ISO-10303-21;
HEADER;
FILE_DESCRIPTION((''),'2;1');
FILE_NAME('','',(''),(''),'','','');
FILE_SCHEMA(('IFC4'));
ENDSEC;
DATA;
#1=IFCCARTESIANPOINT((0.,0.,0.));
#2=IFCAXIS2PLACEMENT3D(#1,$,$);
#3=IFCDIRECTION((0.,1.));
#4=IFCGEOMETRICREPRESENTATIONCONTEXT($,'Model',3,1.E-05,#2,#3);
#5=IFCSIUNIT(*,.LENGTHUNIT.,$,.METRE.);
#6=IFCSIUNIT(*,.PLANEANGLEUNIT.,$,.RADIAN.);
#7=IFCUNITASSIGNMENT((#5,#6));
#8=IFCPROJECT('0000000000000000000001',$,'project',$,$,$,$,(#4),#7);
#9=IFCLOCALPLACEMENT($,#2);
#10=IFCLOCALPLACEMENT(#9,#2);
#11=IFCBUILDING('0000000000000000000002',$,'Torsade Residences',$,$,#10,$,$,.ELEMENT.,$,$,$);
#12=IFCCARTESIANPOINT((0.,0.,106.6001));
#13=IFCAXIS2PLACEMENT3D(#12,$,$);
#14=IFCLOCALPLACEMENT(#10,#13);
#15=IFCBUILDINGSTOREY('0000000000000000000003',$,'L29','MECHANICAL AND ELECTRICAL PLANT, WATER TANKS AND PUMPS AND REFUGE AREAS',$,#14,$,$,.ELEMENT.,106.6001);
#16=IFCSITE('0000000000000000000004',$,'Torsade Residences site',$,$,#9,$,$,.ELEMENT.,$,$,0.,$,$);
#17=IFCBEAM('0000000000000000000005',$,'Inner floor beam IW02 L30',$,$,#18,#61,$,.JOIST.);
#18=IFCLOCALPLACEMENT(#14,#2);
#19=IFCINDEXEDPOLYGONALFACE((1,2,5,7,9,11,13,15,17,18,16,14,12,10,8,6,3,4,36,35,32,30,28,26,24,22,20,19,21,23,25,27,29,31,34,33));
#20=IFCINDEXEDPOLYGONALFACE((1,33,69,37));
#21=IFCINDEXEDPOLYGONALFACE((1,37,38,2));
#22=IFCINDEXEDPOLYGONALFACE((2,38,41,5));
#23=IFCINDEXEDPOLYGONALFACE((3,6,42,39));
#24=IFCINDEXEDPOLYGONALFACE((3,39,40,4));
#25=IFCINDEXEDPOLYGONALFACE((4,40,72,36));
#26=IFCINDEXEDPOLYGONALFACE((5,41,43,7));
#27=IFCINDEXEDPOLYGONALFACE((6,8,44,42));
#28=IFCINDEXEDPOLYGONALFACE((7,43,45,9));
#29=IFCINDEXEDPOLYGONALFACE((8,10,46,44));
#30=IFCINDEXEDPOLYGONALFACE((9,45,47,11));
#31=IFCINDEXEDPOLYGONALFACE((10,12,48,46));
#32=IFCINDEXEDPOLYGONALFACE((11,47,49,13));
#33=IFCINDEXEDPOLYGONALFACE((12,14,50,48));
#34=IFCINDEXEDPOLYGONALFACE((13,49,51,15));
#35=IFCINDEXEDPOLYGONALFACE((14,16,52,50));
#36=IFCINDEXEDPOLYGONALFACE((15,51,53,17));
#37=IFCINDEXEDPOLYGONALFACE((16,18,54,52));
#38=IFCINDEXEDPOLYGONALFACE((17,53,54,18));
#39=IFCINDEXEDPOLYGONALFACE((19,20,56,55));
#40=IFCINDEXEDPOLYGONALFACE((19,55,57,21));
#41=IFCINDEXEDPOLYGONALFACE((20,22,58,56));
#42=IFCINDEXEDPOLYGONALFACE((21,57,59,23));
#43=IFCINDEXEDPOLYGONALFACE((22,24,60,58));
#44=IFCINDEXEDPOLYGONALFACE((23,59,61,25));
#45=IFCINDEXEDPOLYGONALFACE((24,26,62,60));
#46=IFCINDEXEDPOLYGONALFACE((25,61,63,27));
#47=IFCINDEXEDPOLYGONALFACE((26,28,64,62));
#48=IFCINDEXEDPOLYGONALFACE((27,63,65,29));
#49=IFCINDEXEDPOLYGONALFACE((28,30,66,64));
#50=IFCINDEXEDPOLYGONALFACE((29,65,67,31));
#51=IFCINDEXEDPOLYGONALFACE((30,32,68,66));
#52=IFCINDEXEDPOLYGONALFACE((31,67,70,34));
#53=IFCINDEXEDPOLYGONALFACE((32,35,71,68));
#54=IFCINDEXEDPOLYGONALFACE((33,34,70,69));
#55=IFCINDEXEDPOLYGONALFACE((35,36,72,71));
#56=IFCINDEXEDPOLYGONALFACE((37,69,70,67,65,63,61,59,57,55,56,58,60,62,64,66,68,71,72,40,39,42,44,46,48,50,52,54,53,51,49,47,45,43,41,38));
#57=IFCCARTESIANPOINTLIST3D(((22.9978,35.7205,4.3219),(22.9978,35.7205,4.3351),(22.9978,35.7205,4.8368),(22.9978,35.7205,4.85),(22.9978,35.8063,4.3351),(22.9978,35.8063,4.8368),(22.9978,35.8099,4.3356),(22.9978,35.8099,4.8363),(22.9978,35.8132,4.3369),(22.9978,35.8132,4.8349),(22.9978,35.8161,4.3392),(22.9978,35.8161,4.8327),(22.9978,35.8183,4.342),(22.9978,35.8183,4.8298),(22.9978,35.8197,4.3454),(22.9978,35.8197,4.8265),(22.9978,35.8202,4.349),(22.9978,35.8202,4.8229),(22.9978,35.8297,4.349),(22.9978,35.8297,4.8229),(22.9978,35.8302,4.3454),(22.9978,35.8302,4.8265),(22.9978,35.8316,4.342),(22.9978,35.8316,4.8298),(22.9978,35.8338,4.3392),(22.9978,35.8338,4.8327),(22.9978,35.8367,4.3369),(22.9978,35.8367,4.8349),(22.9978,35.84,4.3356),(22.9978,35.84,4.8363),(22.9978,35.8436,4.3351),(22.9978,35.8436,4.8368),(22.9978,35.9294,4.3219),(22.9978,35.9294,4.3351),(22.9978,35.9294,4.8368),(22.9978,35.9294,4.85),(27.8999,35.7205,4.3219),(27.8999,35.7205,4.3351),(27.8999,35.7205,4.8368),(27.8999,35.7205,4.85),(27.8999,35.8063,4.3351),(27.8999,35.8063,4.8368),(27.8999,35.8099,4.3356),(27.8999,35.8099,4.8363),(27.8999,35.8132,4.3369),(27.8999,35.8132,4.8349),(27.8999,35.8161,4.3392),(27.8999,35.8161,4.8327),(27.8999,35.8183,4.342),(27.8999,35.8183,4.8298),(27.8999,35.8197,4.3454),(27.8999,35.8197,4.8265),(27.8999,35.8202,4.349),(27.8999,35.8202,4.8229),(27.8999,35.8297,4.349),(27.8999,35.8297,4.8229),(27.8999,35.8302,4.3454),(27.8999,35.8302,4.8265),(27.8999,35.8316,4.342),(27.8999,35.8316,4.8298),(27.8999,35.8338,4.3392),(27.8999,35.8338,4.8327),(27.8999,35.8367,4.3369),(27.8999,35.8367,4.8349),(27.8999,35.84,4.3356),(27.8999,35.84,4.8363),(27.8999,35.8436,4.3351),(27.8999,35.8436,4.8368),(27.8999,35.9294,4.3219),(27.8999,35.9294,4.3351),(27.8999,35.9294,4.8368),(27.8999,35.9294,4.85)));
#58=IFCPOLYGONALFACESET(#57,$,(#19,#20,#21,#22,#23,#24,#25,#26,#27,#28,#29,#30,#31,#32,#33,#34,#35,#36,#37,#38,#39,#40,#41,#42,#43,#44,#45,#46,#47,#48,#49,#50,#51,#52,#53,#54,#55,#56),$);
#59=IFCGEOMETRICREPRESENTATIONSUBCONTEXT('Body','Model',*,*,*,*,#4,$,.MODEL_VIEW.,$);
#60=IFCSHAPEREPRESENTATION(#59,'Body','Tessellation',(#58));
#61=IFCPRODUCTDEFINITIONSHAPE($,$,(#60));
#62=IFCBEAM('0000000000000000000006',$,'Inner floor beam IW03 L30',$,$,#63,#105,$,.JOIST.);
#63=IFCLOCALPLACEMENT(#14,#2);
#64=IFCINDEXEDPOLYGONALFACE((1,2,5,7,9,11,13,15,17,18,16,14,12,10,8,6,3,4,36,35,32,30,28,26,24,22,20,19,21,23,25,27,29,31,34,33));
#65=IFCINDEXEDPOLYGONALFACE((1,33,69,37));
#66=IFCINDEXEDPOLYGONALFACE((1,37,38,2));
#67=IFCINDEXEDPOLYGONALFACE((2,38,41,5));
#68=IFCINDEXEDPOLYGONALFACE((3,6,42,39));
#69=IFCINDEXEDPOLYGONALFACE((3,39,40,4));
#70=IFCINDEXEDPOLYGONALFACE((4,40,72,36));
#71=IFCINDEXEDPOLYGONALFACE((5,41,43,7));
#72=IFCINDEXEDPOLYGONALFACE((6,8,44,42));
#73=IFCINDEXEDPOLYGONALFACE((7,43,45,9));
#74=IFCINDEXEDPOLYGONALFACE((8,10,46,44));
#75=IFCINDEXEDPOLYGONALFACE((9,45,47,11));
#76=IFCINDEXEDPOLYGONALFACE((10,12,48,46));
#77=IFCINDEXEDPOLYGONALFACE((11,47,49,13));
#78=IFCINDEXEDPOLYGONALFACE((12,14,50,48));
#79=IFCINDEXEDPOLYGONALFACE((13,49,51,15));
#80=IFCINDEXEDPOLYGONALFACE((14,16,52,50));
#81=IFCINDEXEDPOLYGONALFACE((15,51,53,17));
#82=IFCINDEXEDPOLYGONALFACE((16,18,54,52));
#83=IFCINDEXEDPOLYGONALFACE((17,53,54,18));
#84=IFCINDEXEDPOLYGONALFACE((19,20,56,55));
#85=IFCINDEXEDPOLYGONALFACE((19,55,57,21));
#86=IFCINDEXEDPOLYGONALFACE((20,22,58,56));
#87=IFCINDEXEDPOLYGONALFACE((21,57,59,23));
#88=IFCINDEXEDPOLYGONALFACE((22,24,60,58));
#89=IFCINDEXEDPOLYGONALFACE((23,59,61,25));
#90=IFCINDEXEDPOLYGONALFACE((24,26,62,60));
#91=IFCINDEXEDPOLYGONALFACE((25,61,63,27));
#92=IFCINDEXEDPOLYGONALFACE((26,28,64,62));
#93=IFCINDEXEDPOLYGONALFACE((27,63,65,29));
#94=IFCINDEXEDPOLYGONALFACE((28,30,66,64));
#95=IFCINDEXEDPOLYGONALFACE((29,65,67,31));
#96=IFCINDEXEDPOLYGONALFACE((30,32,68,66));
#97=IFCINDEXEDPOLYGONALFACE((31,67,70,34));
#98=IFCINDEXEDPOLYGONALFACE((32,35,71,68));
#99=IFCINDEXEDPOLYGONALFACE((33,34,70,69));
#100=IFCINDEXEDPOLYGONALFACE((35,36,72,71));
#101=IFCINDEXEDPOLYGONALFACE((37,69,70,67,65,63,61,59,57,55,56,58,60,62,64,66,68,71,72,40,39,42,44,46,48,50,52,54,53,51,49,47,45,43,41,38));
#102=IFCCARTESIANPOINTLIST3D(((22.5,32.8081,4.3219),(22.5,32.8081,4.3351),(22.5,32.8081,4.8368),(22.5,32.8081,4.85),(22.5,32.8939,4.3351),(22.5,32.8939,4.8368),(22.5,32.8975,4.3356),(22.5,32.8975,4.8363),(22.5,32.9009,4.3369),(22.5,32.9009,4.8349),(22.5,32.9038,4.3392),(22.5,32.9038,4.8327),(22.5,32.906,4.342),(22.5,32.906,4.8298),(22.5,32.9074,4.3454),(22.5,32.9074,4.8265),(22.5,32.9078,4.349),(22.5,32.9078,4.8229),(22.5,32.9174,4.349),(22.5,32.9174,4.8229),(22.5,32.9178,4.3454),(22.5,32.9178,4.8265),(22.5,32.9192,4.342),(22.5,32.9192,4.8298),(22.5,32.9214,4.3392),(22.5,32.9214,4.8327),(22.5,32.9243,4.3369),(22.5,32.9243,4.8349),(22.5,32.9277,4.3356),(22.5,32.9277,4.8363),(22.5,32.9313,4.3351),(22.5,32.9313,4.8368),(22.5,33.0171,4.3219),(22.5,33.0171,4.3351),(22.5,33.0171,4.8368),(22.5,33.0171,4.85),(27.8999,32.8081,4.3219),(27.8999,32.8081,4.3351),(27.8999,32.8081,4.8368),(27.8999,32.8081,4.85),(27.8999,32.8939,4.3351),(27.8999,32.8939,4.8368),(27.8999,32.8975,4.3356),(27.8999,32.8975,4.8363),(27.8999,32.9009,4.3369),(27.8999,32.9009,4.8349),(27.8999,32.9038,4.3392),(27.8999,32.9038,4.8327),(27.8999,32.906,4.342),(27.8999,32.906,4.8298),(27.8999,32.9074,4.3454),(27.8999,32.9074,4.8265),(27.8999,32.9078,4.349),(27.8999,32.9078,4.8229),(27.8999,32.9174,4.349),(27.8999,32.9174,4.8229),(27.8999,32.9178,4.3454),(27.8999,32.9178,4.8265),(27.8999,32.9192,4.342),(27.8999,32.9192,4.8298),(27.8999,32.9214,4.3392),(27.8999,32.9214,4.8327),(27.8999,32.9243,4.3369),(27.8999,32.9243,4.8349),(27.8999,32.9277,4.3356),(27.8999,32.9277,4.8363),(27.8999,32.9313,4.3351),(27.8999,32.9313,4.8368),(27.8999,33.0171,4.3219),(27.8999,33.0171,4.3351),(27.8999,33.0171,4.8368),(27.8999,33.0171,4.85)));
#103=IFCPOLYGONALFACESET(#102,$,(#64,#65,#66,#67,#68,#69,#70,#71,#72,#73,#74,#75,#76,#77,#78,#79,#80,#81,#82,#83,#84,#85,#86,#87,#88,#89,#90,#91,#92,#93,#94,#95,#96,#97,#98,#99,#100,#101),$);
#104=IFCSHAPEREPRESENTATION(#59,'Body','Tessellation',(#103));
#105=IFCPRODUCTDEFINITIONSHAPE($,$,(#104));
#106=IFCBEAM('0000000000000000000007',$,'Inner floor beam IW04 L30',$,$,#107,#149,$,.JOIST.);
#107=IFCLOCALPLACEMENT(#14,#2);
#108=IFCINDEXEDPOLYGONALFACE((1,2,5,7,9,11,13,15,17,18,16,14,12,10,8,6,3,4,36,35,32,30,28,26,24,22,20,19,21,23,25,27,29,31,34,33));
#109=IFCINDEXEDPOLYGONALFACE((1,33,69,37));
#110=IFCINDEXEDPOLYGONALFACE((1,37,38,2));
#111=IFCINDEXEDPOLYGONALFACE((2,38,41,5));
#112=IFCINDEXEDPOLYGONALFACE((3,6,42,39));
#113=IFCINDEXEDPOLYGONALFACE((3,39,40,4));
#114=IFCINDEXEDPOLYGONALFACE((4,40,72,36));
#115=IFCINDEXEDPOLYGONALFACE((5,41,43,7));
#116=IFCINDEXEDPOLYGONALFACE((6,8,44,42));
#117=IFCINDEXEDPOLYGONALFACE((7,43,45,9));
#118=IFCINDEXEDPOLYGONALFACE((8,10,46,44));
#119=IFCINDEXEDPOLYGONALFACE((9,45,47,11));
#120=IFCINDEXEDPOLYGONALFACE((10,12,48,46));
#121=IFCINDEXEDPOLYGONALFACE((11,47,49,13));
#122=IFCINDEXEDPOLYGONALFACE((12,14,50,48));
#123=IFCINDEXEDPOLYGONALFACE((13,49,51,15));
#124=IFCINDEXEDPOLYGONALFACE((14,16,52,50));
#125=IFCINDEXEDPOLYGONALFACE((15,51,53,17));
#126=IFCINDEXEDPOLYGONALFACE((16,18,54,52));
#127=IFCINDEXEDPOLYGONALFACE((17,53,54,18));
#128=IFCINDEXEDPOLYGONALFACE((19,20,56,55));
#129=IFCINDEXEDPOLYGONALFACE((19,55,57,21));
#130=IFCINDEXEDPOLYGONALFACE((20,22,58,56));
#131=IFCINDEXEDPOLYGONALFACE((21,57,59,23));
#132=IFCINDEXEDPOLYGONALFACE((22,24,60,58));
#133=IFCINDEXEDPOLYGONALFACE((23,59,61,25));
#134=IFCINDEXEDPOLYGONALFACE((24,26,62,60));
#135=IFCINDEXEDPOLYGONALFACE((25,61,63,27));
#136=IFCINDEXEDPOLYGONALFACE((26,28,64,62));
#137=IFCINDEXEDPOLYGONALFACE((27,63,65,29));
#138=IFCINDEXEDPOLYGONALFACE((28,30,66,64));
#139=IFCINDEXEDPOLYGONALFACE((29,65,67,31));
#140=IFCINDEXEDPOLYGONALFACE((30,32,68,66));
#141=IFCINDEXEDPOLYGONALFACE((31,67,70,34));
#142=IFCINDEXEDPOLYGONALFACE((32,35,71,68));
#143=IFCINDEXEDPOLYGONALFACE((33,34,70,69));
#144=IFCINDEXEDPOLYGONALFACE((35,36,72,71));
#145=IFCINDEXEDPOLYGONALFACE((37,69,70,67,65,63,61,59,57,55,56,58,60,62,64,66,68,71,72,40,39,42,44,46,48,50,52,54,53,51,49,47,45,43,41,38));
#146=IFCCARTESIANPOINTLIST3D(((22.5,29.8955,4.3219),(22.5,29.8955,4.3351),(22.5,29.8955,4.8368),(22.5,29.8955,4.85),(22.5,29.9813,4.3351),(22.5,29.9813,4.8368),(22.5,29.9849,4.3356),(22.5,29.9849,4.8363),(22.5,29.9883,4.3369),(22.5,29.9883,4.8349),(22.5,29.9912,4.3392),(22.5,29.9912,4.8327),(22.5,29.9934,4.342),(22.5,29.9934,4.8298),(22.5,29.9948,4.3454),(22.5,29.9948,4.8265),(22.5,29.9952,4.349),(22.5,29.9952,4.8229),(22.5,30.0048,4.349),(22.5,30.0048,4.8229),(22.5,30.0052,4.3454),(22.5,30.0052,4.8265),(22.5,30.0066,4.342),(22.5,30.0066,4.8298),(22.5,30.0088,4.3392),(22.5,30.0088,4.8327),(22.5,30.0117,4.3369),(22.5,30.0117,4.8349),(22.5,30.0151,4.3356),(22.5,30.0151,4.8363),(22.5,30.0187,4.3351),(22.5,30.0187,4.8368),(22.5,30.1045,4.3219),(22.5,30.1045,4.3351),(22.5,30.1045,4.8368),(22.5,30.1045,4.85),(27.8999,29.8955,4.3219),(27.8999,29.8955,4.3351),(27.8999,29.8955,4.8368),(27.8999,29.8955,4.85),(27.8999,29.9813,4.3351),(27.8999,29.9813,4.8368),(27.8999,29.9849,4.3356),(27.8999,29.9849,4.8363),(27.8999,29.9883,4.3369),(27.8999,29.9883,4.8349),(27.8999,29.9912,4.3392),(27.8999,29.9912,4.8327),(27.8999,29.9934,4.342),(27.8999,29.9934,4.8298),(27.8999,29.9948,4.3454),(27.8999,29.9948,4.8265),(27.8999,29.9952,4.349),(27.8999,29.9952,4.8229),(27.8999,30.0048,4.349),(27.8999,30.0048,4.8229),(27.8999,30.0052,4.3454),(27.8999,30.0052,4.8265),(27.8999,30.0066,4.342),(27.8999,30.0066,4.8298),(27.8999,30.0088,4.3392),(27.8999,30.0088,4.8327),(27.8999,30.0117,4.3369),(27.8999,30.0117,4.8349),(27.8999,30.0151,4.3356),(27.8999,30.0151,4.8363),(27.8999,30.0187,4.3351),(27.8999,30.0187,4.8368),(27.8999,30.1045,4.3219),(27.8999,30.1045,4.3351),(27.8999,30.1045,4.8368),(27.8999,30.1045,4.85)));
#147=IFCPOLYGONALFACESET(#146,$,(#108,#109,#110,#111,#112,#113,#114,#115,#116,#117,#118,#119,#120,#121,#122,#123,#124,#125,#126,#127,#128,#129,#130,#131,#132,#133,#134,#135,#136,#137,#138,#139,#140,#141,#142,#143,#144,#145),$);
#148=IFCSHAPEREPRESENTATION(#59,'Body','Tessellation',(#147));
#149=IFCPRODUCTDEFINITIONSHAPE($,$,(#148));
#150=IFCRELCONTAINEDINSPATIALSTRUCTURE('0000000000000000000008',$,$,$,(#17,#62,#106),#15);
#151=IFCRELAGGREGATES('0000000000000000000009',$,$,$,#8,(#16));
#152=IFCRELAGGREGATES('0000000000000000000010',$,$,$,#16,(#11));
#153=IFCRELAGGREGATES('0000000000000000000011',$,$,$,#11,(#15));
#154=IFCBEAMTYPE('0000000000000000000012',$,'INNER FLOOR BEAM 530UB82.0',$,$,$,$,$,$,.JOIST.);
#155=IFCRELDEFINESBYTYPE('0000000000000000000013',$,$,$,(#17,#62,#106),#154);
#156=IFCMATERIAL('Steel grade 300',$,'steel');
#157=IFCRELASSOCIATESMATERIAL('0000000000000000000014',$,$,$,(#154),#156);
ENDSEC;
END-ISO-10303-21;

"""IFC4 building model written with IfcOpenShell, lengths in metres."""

from ifc_helpers import new_model, si_unit, direction, frame, origin, origin_2d, place, context, subcontext, project, spatial, i_section, extrude, material, material_profile, profile_set, type_object, element, save


model = new_model("IFC4")

# Units and contexts
model_context = context("Model", 3, precision=1e-05, world=origin(), true_north=direction((0.0, 1.0)))
body_context = subcontext(model_context, "Body", "Model", "MODEL_VIEW")
ifc_project = project(units=[si_unit("LENGTHUNIT", "METRE"), si_unit("PLANEANGLEUNIT", "RADIAN")], contexts=[model_context])

# Site, building, storey
site_placement = place(None, origin())
site = spatial("IfcSite", under=ifc_project, at=site_placement, Name="Torsade Residences site", CompositionType="ELEMENT", RefElevation=0.0)
building_placement = place(site_placement, origin())
building = spatial("IfcBuilding", under=site, at=building_placement, Name="Torsade Residences", CompositionType="ELEMENT")
storey_placement = place(building_placement, frame((0.0, 0.0, 106.6001)))
storey = spatial("IfcBuildingStorey", under=building, at=storey_placement, Name="L29", Description="MECHANICAL AND ELECTRICAL PLANT, WATER TANKS AND PUMPS AND REFUGE AREAS", CompositionType="ELEMENT", Elevation=106.6001)

# Beams
ifc_material_1 = material(Name="Steel grade 300", Category="steel")
ifc_material_profile = material_profile(ifc_material_1, i_section(OverallWidth=0.209, OverallDepth=0.5281, WebThickness=0.0095, FlangeThickness=0.0132, FilletRadius=0.0139, at=origin_2d()), Name="530UB82.0")
ifc_profile_set = profile_set([ifc_material_profile], Name="Steel grade 300")
beam_type = type_object("IfcBeamType", Name="INNER FLOOR BEAM 530UB82.0", PredefinedType="JOIST", material=ifc_profile_set)
beam_placement = place(storey_placement, frame((27.8999, 35.825, 4.5859), z_axis=(-1.0, 0.0, 0.0), x_axis=(0.0, -1.0, 0.0)))
element("IfcBeam", 1, at=beam_placement, inside=storey, type_object=beam_type, Name="Inner floor beam IW02 L30", PredefinedType="JOIST", context=body_context, shape_type="SweptSolid", body=[
    extrude(i_section(OverallWidth=0.209, OverallDepth=0.5281, WebThickness=0.0095, FlangeThickness=0.0132, FilletRadius=0.0139, at=origin_2d()), origin(), (0.0, 0.0, 1.0), 4.9021),
])
for number, where, z_axis, x_axis, name in (
    (2, (27.8999, 32.9126, 4.5859), (-1.0, 0.0, 0.0), (0.0, -1.0, 0.0), "Inner floor beam IW03 L30"),
    (3, (27.8999, 30.0, 4.5859), (-1.0, 0.0, 0.0), (0.0, -1.0, 0.0), "Inner floor beam IW04 L30"),
):
    element("IfcBeam", number, at=place(storey_placement, frame(where, z_axis=z_axis, x_axis=x_axis)), inside=storey, type_object=beam_type, Name=name, PredefinedType="JOIST", context=body_context, shape_type="SweptSolid", body=[
        extrude(i_section(OverallWidth=0.209, OverallDepth=0.5281, WebThickness=0.0095, FlangeThickness=0.0132, FilletRadius=0.0139, at=origin_2d()), origin(), (0.0, 0.0, 1.0), 5.3999),
    ])

save(model, "model.ifc")
